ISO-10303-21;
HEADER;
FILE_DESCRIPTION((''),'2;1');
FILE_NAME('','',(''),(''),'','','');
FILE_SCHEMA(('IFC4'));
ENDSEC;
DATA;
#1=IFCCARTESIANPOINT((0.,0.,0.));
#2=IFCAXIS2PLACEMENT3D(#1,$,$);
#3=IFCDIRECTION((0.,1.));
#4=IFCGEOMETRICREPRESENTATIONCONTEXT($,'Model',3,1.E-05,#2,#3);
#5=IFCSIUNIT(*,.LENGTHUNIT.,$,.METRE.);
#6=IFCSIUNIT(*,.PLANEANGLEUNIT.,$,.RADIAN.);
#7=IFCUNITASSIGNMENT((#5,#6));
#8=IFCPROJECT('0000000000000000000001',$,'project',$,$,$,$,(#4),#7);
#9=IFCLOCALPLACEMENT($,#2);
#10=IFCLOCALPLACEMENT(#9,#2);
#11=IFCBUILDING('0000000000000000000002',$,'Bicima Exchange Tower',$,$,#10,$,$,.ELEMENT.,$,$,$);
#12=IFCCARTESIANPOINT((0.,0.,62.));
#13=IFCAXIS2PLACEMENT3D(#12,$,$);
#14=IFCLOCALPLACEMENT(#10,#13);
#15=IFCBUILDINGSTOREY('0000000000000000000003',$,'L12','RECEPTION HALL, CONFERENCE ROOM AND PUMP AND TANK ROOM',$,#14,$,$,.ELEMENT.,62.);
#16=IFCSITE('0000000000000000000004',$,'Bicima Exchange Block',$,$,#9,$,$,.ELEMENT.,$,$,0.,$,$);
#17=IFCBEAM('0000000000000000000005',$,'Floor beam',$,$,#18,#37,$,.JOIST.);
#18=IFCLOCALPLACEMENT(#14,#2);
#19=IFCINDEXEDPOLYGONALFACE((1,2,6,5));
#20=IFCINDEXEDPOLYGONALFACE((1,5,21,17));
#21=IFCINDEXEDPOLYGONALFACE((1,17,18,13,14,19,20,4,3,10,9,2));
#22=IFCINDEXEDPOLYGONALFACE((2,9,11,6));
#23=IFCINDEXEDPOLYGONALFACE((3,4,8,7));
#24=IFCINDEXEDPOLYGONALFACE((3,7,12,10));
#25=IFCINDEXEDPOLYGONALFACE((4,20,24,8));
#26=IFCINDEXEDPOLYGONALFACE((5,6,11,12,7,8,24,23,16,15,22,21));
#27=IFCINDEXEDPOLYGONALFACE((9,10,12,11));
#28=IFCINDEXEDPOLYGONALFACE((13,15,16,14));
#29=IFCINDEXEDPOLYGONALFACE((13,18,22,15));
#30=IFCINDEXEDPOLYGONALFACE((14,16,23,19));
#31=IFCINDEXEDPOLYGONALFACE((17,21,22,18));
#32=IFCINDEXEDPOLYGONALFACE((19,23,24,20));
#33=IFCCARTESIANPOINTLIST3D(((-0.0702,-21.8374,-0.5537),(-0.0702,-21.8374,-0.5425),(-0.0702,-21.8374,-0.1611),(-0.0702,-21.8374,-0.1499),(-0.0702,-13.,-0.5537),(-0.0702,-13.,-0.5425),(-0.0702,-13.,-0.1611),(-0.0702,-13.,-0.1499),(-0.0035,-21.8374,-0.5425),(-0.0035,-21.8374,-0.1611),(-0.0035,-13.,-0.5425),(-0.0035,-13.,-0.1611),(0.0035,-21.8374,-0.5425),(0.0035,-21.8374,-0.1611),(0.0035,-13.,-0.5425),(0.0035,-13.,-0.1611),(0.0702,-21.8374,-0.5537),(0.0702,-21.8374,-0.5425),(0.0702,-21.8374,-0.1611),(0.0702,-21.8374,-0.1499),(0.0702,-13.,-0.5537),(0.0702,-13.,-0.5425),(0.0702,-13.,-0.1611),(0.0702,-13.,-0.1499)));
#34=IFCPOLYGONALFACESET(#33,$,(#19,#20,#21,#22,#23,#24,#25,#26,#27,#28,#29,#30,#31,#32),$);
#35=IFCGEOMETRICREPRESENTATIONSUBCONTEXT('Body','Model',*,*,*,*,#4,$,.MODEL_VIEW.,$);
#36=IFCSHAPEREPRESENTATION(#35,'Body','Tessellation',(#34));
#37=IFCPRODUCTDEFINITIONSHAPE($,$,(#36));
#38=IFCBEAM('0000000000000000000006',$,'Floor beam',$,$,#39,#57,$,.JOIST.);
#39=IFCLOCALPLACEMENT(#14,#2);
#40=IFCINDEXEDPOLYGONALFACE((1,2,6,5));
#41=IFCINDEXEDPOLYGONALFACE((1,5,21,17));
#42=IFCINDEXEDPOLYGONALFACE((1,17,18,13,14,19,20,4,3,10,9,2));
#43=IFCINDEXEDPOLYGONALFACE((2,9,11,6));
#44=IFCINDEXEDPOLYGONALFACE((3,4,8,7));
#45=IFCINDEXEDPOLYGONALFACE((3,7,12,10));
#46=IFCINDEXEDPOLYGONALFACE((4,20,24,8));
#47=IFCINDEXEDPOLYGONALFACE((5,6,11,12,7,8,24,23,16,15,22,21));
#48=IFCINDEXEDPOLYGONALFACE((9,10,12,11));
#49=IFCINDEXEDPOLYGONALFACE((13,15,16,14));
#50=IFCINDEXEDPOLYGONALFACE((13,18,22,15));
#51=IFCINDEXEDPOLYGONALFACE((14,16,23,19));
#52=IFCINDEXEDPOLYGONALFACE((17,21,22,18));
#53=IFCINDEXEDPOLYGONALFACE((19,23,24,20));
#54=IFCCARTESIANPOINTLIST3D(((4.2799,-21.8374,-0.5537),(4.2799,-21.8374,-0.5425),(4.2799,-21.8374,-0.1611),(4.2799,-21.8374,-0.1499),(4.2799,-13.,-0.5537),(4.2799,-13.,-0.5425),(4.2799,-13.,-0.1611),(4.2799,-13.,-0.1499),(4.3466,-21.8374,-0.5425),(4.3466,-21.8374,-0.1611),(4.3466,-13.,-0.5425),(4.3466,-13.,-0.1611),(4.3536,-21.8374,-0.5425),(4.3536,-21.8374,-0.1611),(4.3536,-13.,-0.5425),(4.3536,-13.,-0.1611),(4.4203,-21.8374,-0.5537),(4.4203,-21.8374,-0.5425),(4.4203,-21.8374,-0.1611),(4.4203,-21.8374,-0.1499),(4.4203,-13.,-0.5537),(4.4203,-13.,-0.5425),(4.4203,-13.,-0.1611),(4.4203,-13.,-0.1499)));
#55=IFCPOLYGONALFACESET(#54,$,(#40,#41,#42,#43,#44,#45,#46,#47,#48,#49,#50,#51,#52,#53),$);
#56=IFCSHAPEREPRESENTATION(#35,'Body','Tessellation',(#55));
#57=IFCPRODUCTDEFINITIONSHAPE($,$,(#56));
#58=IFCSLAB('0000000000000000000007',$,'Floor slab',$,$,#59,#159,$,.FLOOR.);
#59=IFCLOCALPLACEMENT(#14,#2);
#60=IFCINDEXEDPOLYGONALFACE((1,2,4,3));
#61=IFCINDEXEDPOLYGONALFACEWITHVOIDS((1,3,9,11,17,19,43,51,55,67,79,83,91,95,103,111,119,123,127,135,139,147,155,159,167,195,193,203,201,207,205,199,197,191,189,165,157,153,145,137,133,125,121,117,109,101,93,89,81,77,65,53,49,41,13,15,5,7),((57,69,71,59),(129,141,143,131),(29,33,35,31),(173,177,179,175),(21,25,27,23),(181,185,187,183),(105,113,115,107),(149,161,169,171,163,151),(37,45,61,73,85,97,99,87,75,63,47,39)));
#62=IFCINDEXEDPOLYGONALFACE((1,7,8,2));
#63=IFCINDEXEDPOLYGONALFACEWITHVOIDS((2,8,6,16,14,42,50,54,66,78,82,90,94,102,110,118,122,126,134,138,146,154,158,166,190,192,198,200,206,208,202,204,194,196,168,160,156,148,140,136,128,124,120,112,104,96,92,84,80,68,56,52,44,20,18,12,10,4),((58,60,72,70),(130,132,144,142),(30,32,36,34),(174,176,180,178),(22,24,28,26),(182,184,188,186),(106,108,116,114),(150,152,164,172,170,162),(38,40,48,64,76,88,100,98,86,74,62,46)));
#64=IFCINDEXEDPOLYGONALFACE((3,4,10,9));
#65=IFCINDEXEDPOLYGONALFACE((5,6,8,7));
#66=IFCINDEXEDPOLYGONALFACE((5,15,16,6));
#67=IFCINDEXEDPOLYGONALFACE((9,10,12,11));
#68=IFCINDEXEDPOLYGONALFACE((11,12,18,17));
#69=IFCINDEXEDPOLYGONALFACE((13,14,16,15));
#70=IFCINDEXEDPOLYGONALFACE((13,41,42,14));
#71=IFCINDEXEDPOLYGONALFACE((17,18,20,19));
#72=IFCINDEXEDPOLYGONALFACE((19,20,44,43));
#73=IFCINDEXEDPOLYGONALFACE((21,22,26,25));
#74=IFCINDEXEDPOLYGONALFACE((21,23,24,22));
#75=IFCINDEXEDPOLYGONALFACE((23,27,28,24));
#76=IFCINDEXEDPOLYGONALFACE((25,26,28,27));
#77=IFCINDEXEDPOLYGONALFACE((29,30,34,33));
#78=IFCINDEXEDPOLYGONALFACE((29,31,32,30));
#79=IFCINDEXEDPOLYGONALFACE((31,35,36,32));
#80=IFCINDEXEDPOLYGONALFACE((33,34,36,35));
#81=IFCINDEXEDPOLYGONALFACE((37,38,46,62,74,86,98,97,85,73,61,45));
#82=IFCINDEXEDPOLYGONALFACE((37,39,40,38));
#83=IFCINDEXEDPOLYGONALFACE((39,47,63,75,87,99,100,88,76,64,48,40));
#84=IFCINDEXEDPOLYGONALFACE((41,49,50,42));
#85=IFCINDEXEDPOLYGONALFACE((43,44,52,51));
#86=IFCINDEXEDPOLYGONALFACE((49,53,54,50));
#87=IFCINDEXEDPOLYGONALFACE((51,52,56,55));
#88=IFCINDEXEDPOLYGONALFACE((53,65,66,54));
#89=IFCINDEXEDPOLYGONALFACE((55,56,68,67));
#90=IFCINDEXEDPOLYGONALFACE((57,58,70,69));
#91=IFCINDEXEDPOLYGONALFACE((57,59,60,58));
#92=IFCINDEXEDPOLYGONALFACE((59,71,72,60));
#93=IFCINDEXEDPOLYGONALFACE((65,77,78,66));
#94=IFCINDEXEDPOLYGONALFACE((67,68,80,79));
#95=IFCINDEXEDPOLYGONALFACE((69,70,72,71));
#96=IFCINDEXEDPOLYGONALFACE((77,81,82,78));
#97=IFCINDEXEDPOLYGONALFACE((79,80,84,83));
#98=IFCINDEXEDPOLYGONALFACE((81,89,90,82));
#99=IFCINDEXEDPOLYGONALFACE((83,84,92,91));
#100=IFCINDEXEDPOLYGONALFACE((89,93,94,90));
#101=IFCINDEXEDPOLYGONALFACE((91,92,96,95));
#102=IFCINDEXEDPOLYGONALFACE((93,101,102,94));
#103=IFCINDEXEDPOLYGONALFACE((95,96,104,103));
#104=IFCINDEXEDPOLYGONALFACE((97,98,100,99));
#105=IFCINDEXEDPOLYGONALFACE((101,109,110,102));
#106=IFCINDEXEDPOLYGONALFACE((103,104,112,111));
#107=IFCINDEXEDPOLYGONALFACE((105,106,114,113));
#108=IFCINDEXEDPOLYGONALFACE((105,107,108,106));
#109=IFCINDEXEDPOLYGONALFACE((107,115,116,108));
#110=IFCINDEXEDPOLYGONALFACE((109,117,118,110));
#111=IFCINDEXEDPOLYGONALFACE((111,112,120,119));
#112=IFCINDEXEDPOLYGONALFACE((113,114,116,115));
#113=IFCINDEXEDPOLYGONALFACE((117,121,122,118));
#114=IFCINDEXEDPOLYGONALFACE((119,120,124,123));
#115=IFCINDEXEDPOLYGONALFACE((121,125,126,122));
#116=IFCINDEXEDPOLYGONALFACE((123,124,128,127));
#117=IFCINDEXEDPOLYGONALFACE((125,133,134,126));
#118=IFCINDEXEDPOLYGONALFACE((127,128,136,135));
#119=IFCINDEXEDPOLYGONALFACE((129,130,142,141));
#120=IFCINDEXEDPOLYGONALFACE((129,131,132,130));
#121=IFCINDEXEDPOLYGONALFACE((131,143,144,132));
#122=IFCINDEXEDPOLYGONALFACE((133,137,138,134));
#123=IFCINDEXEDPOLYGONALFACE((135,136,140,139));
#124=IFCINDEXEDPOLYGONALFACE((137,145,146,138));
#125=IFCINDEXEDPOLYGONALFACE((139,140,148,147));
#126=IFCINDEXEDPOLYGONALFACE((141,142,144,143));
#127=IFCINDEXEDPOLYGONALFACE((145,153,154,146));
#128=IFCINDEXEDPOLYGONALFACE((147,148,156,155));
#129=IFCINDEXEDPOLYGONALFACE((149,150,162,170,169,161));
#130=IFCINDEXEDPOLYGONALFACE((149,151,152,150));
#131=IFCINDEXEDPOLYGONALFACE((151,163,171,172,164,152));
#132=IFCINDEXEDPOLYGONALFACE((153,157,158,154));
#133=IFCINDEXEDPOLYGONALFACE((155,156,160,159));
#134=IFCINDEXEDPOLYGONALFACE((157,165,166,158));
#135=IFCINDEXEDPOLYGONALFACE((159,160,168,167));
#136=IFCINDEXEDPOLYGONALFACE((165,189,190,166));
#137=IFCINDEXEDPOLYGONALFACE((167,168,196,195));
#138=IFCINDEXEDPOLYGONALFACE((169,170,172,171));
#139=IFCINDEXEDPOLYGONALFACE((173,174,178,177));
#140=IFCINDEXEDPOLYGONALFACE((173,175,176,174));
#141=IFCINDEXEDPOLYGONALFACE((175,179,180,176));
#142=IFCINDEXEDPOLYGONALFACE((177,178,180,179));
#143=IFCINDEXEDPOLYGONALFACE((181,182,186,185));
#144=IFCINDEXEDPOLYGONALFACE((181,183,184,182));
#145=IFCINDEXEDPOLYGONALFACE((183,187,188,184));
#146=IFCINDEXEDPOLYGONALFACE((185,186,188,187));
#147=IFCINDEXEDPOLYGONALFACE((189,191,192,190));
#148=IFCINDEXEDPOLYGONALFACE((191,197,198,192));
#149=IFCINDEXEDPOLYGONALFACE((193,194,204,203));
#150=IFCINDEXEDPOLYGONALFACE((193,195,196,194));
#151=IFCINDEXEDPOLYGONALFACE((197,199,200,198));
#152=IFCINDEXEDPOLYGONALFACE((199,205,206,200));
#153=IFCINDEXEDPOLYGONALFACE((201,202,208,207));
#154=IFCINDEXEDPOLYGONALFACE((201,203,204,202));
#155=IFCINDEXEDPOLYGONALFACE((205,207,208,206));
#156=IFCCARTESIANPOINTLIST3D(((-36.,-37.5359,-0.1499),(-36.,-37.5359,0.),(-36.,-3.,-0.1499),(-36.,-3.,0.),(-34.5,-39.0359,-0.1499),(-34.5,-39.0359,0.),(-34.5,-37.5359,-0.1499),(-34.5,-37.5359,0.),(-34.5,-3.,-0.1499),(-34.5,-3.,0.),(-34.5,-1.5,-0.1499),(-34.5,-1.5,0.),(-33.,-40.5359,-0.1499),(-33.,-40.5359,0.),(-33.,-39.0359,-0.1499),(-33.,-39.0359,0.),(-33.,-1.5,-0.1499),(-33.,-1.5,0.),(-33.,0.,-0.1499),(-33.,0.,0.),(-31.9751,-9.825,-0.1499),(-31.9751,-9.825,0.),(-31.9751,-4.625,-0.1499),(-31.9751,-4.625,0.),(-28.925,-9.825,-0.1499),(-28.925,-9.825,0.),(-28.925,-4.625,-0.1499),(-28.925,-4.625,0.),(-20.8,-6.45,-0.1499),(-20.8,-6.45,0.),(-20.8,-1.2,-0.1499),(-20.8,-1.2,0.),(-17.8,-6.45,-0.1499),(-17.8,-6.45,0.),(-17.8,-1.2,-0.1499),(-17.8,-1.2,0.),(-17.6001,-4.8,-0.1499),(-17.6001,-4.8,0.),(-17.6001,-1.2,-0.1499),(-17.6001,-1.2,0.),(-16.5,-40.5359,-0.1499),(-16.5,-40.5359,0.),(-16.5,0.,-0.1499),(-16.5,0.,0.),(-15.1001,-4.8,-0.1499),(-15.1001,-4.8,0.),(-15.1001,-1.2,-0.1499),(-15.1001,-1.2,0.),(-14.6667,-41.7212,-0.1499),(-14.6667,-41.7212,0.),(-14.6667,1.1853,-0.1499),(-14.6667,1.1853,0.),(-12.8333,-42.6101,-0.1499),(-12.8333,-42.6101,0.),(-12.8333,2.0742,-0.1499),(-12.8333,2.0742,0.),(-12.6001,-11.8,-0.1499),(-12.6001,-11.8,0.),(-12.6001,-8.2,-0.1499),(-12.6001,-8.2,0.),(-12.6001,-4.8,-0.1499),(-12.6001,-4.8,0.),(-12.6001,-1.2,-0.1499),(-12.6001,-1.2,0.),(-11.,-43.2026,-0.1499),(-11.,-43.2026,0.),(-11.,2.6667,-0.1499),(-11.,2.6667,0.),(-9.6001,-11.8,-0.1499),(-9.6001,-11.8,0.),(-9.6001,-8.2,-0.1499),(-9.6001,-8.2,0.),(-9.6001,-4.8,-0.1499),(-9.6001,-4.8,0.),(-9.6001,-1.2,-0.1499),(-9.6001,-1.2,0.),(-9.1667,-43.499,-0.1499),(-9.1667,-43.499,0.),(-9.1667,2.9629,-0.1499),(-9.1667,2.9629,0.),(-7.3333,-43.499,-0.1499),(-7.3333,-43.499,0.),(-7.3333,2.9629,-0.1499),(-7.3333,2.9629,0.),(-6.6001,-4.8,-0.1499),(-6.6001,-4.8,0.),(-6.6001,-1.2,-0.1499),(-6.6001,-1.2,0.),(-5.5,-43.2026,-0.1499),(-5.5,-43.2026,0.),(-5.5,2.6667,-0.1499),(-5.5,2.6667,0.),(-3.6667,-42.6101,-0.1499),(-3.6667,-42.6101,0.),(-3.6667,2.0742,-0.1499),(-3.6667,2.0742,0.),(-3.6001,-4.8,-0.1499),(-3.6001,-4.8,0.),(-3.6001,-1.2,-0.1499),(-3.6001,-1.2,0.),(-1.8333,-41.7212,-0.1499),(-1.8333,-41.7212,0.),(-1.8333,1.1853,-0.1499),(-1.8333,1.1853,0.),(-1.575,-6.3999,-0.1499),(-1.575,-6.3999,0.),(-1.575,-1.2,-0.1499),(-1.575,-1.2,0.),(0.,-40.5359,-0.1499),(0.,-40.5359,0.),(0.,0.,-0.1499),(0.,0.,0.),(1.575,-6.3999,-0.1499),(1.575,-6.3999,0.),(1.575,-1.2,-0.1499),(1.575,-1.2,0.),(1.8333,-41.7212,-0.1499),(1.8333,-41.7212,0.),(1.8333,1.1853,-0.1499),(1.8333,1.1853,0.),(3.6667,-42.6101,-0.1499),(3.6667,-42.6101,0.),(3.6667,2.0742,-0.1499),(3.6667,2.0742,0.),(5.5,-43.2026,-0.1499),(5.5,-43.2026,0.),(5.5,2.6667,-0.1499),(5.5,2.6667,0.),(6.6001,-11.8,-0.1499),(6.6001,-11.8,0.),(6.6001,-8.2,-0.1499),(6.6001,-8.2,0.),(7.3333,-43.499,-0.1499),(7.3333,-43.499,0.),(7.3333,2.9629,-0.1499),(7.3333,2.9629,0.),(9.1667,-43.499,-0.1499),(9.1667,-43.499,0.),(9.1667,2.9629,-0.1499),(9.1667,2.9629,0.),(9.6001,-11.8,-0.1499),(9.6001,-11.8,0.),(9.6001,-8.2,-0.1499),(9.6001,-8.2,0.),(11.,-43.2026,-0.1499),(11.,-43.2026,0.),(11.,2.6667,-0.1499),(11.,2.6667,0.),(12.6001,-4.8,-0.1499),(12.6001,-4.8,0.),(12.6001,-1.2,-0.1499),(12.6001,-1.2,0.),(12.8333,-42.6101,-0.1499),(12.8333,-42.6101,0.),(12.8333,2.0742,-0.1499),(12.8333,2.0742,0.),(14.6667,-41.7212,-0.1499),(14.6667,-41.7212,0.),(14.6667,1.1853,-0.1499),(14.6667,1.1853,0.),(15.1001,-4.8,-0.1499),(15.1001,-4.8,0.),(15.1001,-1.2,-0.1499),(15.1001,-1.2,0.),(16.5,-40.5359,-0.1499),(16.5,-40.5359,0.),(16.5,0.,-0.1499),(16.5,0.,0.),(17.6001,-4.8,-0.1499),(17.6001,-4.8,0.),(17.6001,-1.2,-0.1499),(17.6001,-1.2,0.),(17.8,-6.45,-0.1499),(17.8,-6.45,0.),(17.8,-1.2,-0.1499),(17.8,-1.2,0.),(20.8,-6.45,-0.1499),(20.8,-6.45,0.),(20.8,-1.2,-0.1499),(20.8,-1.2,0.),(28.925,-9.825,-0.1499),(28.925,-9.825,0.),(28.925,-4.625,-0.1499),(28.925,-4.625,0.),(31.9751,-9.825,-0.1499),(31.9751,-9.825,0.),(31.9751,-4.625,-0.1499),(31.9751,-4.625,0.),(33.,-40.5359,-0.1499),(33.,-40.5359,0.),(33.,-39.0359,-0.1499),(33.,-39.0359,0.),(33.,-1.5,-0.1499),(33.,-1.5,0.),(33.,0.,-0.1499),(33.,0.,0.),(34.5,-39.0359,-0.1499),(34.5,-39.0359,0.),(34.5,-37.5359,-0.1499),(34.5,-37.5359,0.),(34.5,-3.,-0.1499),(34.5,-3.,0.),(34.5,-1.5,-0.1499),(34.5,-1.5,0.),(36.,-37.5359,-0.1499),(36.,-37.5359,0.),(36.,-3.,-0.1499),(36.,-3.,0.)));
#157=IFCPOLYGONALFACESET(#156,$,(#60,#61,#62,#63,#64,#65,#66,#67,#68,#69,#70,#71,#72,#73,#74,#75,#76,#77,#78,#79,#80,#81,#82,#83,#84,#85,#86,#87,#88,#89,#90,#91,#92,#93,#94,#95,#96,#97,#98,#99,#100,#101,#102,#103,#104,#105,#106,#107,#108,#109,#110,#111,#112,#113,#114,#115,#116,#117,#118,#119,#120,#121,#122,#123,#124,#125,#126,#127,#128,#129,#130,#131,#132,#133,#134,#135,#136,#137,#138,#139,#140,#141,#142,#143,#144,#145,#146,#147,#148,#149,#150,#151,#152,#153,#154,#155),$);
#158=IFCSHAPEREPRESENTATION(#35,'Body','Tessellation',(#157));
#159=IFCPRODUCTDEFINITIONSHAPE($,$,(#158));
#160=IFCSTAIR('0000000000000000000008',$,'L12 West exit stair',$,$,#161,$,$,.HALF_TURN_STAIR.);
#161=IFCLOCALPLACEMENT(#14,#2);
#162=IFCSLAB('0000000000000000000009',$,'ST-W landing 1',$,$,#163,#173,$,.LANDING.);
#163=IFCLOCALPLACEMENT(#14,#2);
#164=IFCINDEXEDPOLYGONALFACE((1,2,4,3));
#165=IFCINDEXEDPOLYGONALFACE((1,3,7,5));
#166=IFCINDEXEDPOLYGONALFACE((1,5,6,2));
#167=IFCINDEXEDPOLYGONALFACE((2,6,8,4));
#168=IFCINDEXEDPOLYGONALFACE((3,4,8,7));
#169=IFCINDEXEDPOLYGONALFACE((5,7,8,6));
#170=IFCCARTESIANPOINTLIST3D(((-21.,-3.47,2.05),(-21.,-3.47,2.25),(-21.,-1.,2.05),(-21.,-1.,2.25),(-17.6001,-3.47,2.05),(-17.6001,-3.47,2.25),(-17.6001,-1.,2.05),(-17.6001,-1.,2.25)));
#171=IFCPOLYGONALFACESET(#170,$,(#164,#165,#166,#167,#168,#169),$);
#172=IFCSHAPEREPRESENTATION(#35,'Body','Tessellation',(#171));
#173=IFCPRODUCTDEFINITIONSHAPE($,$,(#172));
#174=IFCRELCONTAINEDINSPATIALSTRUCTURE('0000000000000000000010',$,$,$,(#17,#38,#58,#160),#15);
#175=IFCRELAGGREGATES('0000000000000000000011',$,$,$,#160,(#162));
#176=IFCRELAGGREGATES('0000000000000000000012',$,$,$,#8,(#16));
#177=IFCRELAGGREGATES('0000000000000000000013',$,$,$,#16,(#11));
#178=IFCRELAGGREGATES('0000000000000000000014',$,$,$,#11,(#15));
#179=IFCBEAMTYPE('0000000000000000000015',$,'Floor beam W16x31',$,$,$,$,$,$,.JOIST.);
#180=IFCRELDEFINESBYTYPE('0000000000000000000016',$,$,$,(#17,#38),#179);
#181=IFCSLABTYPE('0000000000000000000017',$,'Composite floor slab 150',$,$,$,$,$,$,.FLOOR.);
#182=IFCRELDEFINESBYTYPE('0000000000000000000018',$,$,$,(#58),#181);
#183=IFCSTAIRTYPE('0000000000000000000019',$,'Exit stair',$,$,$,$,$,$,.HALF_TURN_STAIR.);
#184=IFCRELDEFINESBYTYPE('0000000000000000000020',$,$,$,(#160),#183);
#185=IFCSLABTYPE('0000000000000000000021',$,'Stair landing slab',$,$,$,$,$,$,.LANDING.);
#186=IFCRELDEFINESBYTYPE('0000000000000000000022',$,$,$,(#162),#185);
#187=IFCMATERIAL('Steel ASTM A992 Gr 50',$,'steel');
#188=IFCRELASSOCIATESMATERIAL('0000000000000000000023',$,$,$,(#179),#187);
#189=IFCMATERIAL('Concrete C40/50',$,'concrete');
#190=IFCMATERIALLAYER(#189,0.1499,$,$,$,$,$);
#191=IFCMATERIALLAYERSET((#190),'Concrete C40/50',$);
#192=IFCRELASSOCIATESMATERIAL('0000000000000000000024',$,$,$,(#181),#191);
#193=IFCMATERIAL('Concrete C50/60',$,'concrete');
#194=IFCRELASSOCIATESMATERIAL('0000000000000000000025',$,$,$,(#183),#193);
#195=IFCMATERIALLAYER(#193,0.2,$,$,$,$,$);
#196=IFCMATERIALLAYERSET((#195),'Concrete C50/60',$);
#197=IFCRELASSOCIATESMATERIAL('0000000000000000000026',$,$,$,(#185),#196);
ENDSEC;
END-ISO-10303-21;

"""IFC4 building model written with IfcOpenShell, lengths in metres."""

from ifc_helpers import new_model, si_unit, direction, frame, origin, origin_2d, place, context, subcontext, project, spatial, polyline, i_section, outline, extrude, material, layer, layer_set, material_profile, profile_set, type_object, element, aggregate, save


model = new_model("IFC4")

# Units and contexts
model_context = context("Model", 3, precision=1e-05, world=origin(), true_north=direction((0.0, 1.0)))
body_context = subcontext(model_context, "Body", "Model", "MODEL_VIEW")
ifc_project = project(units=[si_unit("LENGTHUNIT", "METRE"), si_unit("PLANEANGLEUNIT", "RADIAN")], contexts=[model_context])

# Site, building, storey
site_placement = place(None, origin())
site = spatial("IfcSite", under=ifc_project, at=site_placement, Name="Bicima Exchange Block", CompositionType="ELEMENT", RefElevation=0.0)
building_placement = place(site_placement, origin())
building = spatial("IfcBuilding", under=site, at=building_placement, Name="Bicima Exchange Tower", CompositionType="ELEMENT")
storey_placement = place(building_placement, frame((0.0, 0.0, 62.0)))
storey = spatial("IfcBuildingStorey", under=building, at=storey_placement, Name="L12", Description="RECEPTION HALL, CONFERENCE ROOM AND PUMP AND TANK ROOM", CompositionType="ELEMENT", Elevation=62.0)

# Beams
ifc_material_1 = material(Name="Steel ASTM A992 Gr 50", Category="steel")
ifc_material_profile = material_profile(ifc_material_1, i_section(OverallWidth=0.1404, OverallDepth=0.4038, WebThickness=0.0071, FlangeThickness=0.0112, at=origin_2d()))
ifc_profile_set = profile_set([ifc_material_profile], Name="Steel ASTM A992 Gr 50")
beam_type = type_object("IfcBeamType", Name="Floor beam W16x31", PredefinedType="JOIST", material=ifc_profile_set)
for number, where, z_axis, x_axis, name in (
    (1, (0.0, -13.0, -0.3518), (0.0, -1.0, 0.0), (1.0, 0.0, 0.0), "Floor beam"),
    (2, (4.3501, -13.0, -0.3518), (0.0, -1.0, 0.0), (1.0, 0.0, 0.0), "Floor beam"),
):
    element("IfcBeam", number, at=place(storey_placement, frame(where, z_axis=z_axis, x_axis=x_axis)), inside=storey, type_object=beam_type, Name=name, PredefinedType="JOIST", context=body_context, shape_type="SweptSolid", body=[
        extrude(i_section(OverallWidth=0.1404, OverallDepth=0.4038, WebThickness=0.0071, FlangeThickness=0.0112, at=origin_2d()), origin(), (0.0, 0.0, 1.0), 8.8374),
    ])

# Slab
ifc_material_2 = material(Name="Concrete C40/50", Category="concrete")
ifc_layer_1 = layer(ifc_material_2, 0.1499)
ifc_layer_set_1 = layer_set([ifc_layer_1], Name="Concrete C40/50")
slab_type_1 = type_object("IfcSlabType", Name="Composite floor slab 150", PredefinedType="FLOOR", material=ifc_layer_set_1)
slab_1_placement = place(storey_placement, frame((0.0, 0.0, -0.1499)))
element("IfcSlab", 3, at=slab_1_placement, inside=storey, type_object=slab_type_1, Name="Floor slab", PredefinedType="FLOOR", context=body_context, shape_type="SweptSolid", body=[
    extrude(outline(polyline([(-36.0, -37.5359), (-36.0, -3.0), (-34.5, -3.0), (-34.5, -1.5), (-33.0, -1.5), (-33.0, 0.0), (-16.5, 0.0), (-14.6667, 1.1853), (-12.8333, 2.0742), (-11.0, 2.6667), (-9.1667, 2.9629), (-7.3333, 2.9629), (-5.5, 2.6667), (-3.6667, 2.0742), (-1.8333, 1.1853), (0.0, 0.0), (1.8333, 1.1853), (3.6667, 2.0742), (5.5, 2.6667), (7.3333, 2.9629), (9.1667, 2.9629), (11.0, 2.6667), (12.8333, 2.0742), (14.6667, 1.1853), (16.5, 0.0), (33.0, 0.0), (33.0, -1.5), (34.5, -1.5), (34.5, -3.0), (36.0, -3.0), (36.0, -37.5359), (34.5, -37.5359), (34.5, -39.0359), (33.0, -39.0359), (33.0, -40.5359), (16.5, -40.5359), (14.6667, -41.7212), (12.8333, -42.6101), (11.0, -43.2026), (9.1667, -43.499), (7.3333, -43.499), (5.5, -43.2026), (3.6667, -42.6101), (1.8333, -41.7212), (0.0, -40.5359), (-1.8333, -41.7212), (-3.6667, -42.6101), (-5.5, -43.2026), (-7.3333, -43.499), (-9.1667, -43.499), (-11.0, -43.2026), (-12.8333, -42.6101), (-14.6667, -41.7212), (-16.5, -40.5359), (-33.0, -40.5359), (-33.0, -39.0359), (-34.5, -39.0359), (-34.5, -37.5359), (-36.0, -37.5359)]), holes=[polyline([(-9.6001, -11.8), (-9.6001, -8.2), (-12.6001, -8.2), (-12.6001, -11.8), (-9.6001, -11.8)]), polyline([(-31.9751, -9.825), (-28.925, -9.825), (-28.925, -4.625), (-31.9751, -4.625), (-31.9751, -9.825)]), polyline([(-20.8, -6.45), (-17.8, -6.45), (-17.8, -1.2), (-20.8, -1.2), (-20.8, -6.45)]), polyline([(-9.6001, -1.2), (-12.6001, -1.2), (-15.1001, -1.2), (-17.6001, -1.2), (-17.6001, -4.8), (-15.1001, -4.8), (-12.6001, -4.8), (-9.6001, -4.8), (-6.6001, -4.8), (-3.6001, -4.8), (-3.6001, -1.2), (-6.6001, -1.2), (-9.6001, -1.2)]), polyline([(9.6001, -11.8), (9.6001, -8.2), (6.6001, -8.2), (6.6001, -11.8), (9.6001, -11.8)]), polyline([(28.925, -9.825), (31.9751, -9.825), (31.9751, -4.625), (28.925, -4.625), (28.925, -9.825)]), polyline([(17.8, -6.45), (20.8, -6.45), (20.8, -1.2), (17.8, -1.2), (17.8, -6.45)]), polyline([(-1.575, -6.3999), (1.575, -6.3999), (1.575, -1.2), (-1.575, -1.2), (-1.575, -6.3999)]), polyline([(17.6001, -4.8), (17.6001, -1.2), (15.1001, -1.2), (12.6001, -1.2), (12.6001, -4.8), (15.1001, -4.8), (17.6001, -4.8)])]), origin(), (0.0, 0.0, 1.0), 0.1499),
])

# Stair, slab
ifc_material_3 = material(Name="Concrete C50/60", Category="concrete")
stair_type_1 = type_object("IfcStairType", Name="Exit stair", PredefinedType="HALF_TURN_STAIR", material=ifc_material_3)
stair_1_placement = place(storey_placement, origin())
stair_1 = element("IfcStair", 4, at=stair_1_placement, inside=storey, type_object=stair_type_1, Name="L12 West exit stair", PredefinedType="HALF_TURN_STAIR")
ifc_layer_2 = layer(ifc_material_3, 0.2)
ifc_layer_set_2 = layer_set([ifc_layer_2], Name="Concrete C50/60")
slab_type_2 = type_object("IfcSlabType", Name="Stair landing slab", PredefinedType="LANDING", material=ifc_layer_set_2)
slab_2_placement = place(storey_placement, frame((0.0, 0.0, 2.05)))
slab_2 = element("IfcSlab", 5, at=slab_2_placement, type_object=slab_type_2, Name="ST-W landing 1", PredefinedType="LANDING", context=body_context, shape_type="SweptSolid", body=[
    extrude(outline(polyline([(-17.6001, -3.47), (-17.6001, -1.0), (-21.0, -1.0), (-21.0, -3.47), (-17.6001, -3.47)])), origin(), (0.0, 0.0, 1.0), 0.2),
])
aggregate(stair_1, [slab_2])

save(model, "model.ifc")
